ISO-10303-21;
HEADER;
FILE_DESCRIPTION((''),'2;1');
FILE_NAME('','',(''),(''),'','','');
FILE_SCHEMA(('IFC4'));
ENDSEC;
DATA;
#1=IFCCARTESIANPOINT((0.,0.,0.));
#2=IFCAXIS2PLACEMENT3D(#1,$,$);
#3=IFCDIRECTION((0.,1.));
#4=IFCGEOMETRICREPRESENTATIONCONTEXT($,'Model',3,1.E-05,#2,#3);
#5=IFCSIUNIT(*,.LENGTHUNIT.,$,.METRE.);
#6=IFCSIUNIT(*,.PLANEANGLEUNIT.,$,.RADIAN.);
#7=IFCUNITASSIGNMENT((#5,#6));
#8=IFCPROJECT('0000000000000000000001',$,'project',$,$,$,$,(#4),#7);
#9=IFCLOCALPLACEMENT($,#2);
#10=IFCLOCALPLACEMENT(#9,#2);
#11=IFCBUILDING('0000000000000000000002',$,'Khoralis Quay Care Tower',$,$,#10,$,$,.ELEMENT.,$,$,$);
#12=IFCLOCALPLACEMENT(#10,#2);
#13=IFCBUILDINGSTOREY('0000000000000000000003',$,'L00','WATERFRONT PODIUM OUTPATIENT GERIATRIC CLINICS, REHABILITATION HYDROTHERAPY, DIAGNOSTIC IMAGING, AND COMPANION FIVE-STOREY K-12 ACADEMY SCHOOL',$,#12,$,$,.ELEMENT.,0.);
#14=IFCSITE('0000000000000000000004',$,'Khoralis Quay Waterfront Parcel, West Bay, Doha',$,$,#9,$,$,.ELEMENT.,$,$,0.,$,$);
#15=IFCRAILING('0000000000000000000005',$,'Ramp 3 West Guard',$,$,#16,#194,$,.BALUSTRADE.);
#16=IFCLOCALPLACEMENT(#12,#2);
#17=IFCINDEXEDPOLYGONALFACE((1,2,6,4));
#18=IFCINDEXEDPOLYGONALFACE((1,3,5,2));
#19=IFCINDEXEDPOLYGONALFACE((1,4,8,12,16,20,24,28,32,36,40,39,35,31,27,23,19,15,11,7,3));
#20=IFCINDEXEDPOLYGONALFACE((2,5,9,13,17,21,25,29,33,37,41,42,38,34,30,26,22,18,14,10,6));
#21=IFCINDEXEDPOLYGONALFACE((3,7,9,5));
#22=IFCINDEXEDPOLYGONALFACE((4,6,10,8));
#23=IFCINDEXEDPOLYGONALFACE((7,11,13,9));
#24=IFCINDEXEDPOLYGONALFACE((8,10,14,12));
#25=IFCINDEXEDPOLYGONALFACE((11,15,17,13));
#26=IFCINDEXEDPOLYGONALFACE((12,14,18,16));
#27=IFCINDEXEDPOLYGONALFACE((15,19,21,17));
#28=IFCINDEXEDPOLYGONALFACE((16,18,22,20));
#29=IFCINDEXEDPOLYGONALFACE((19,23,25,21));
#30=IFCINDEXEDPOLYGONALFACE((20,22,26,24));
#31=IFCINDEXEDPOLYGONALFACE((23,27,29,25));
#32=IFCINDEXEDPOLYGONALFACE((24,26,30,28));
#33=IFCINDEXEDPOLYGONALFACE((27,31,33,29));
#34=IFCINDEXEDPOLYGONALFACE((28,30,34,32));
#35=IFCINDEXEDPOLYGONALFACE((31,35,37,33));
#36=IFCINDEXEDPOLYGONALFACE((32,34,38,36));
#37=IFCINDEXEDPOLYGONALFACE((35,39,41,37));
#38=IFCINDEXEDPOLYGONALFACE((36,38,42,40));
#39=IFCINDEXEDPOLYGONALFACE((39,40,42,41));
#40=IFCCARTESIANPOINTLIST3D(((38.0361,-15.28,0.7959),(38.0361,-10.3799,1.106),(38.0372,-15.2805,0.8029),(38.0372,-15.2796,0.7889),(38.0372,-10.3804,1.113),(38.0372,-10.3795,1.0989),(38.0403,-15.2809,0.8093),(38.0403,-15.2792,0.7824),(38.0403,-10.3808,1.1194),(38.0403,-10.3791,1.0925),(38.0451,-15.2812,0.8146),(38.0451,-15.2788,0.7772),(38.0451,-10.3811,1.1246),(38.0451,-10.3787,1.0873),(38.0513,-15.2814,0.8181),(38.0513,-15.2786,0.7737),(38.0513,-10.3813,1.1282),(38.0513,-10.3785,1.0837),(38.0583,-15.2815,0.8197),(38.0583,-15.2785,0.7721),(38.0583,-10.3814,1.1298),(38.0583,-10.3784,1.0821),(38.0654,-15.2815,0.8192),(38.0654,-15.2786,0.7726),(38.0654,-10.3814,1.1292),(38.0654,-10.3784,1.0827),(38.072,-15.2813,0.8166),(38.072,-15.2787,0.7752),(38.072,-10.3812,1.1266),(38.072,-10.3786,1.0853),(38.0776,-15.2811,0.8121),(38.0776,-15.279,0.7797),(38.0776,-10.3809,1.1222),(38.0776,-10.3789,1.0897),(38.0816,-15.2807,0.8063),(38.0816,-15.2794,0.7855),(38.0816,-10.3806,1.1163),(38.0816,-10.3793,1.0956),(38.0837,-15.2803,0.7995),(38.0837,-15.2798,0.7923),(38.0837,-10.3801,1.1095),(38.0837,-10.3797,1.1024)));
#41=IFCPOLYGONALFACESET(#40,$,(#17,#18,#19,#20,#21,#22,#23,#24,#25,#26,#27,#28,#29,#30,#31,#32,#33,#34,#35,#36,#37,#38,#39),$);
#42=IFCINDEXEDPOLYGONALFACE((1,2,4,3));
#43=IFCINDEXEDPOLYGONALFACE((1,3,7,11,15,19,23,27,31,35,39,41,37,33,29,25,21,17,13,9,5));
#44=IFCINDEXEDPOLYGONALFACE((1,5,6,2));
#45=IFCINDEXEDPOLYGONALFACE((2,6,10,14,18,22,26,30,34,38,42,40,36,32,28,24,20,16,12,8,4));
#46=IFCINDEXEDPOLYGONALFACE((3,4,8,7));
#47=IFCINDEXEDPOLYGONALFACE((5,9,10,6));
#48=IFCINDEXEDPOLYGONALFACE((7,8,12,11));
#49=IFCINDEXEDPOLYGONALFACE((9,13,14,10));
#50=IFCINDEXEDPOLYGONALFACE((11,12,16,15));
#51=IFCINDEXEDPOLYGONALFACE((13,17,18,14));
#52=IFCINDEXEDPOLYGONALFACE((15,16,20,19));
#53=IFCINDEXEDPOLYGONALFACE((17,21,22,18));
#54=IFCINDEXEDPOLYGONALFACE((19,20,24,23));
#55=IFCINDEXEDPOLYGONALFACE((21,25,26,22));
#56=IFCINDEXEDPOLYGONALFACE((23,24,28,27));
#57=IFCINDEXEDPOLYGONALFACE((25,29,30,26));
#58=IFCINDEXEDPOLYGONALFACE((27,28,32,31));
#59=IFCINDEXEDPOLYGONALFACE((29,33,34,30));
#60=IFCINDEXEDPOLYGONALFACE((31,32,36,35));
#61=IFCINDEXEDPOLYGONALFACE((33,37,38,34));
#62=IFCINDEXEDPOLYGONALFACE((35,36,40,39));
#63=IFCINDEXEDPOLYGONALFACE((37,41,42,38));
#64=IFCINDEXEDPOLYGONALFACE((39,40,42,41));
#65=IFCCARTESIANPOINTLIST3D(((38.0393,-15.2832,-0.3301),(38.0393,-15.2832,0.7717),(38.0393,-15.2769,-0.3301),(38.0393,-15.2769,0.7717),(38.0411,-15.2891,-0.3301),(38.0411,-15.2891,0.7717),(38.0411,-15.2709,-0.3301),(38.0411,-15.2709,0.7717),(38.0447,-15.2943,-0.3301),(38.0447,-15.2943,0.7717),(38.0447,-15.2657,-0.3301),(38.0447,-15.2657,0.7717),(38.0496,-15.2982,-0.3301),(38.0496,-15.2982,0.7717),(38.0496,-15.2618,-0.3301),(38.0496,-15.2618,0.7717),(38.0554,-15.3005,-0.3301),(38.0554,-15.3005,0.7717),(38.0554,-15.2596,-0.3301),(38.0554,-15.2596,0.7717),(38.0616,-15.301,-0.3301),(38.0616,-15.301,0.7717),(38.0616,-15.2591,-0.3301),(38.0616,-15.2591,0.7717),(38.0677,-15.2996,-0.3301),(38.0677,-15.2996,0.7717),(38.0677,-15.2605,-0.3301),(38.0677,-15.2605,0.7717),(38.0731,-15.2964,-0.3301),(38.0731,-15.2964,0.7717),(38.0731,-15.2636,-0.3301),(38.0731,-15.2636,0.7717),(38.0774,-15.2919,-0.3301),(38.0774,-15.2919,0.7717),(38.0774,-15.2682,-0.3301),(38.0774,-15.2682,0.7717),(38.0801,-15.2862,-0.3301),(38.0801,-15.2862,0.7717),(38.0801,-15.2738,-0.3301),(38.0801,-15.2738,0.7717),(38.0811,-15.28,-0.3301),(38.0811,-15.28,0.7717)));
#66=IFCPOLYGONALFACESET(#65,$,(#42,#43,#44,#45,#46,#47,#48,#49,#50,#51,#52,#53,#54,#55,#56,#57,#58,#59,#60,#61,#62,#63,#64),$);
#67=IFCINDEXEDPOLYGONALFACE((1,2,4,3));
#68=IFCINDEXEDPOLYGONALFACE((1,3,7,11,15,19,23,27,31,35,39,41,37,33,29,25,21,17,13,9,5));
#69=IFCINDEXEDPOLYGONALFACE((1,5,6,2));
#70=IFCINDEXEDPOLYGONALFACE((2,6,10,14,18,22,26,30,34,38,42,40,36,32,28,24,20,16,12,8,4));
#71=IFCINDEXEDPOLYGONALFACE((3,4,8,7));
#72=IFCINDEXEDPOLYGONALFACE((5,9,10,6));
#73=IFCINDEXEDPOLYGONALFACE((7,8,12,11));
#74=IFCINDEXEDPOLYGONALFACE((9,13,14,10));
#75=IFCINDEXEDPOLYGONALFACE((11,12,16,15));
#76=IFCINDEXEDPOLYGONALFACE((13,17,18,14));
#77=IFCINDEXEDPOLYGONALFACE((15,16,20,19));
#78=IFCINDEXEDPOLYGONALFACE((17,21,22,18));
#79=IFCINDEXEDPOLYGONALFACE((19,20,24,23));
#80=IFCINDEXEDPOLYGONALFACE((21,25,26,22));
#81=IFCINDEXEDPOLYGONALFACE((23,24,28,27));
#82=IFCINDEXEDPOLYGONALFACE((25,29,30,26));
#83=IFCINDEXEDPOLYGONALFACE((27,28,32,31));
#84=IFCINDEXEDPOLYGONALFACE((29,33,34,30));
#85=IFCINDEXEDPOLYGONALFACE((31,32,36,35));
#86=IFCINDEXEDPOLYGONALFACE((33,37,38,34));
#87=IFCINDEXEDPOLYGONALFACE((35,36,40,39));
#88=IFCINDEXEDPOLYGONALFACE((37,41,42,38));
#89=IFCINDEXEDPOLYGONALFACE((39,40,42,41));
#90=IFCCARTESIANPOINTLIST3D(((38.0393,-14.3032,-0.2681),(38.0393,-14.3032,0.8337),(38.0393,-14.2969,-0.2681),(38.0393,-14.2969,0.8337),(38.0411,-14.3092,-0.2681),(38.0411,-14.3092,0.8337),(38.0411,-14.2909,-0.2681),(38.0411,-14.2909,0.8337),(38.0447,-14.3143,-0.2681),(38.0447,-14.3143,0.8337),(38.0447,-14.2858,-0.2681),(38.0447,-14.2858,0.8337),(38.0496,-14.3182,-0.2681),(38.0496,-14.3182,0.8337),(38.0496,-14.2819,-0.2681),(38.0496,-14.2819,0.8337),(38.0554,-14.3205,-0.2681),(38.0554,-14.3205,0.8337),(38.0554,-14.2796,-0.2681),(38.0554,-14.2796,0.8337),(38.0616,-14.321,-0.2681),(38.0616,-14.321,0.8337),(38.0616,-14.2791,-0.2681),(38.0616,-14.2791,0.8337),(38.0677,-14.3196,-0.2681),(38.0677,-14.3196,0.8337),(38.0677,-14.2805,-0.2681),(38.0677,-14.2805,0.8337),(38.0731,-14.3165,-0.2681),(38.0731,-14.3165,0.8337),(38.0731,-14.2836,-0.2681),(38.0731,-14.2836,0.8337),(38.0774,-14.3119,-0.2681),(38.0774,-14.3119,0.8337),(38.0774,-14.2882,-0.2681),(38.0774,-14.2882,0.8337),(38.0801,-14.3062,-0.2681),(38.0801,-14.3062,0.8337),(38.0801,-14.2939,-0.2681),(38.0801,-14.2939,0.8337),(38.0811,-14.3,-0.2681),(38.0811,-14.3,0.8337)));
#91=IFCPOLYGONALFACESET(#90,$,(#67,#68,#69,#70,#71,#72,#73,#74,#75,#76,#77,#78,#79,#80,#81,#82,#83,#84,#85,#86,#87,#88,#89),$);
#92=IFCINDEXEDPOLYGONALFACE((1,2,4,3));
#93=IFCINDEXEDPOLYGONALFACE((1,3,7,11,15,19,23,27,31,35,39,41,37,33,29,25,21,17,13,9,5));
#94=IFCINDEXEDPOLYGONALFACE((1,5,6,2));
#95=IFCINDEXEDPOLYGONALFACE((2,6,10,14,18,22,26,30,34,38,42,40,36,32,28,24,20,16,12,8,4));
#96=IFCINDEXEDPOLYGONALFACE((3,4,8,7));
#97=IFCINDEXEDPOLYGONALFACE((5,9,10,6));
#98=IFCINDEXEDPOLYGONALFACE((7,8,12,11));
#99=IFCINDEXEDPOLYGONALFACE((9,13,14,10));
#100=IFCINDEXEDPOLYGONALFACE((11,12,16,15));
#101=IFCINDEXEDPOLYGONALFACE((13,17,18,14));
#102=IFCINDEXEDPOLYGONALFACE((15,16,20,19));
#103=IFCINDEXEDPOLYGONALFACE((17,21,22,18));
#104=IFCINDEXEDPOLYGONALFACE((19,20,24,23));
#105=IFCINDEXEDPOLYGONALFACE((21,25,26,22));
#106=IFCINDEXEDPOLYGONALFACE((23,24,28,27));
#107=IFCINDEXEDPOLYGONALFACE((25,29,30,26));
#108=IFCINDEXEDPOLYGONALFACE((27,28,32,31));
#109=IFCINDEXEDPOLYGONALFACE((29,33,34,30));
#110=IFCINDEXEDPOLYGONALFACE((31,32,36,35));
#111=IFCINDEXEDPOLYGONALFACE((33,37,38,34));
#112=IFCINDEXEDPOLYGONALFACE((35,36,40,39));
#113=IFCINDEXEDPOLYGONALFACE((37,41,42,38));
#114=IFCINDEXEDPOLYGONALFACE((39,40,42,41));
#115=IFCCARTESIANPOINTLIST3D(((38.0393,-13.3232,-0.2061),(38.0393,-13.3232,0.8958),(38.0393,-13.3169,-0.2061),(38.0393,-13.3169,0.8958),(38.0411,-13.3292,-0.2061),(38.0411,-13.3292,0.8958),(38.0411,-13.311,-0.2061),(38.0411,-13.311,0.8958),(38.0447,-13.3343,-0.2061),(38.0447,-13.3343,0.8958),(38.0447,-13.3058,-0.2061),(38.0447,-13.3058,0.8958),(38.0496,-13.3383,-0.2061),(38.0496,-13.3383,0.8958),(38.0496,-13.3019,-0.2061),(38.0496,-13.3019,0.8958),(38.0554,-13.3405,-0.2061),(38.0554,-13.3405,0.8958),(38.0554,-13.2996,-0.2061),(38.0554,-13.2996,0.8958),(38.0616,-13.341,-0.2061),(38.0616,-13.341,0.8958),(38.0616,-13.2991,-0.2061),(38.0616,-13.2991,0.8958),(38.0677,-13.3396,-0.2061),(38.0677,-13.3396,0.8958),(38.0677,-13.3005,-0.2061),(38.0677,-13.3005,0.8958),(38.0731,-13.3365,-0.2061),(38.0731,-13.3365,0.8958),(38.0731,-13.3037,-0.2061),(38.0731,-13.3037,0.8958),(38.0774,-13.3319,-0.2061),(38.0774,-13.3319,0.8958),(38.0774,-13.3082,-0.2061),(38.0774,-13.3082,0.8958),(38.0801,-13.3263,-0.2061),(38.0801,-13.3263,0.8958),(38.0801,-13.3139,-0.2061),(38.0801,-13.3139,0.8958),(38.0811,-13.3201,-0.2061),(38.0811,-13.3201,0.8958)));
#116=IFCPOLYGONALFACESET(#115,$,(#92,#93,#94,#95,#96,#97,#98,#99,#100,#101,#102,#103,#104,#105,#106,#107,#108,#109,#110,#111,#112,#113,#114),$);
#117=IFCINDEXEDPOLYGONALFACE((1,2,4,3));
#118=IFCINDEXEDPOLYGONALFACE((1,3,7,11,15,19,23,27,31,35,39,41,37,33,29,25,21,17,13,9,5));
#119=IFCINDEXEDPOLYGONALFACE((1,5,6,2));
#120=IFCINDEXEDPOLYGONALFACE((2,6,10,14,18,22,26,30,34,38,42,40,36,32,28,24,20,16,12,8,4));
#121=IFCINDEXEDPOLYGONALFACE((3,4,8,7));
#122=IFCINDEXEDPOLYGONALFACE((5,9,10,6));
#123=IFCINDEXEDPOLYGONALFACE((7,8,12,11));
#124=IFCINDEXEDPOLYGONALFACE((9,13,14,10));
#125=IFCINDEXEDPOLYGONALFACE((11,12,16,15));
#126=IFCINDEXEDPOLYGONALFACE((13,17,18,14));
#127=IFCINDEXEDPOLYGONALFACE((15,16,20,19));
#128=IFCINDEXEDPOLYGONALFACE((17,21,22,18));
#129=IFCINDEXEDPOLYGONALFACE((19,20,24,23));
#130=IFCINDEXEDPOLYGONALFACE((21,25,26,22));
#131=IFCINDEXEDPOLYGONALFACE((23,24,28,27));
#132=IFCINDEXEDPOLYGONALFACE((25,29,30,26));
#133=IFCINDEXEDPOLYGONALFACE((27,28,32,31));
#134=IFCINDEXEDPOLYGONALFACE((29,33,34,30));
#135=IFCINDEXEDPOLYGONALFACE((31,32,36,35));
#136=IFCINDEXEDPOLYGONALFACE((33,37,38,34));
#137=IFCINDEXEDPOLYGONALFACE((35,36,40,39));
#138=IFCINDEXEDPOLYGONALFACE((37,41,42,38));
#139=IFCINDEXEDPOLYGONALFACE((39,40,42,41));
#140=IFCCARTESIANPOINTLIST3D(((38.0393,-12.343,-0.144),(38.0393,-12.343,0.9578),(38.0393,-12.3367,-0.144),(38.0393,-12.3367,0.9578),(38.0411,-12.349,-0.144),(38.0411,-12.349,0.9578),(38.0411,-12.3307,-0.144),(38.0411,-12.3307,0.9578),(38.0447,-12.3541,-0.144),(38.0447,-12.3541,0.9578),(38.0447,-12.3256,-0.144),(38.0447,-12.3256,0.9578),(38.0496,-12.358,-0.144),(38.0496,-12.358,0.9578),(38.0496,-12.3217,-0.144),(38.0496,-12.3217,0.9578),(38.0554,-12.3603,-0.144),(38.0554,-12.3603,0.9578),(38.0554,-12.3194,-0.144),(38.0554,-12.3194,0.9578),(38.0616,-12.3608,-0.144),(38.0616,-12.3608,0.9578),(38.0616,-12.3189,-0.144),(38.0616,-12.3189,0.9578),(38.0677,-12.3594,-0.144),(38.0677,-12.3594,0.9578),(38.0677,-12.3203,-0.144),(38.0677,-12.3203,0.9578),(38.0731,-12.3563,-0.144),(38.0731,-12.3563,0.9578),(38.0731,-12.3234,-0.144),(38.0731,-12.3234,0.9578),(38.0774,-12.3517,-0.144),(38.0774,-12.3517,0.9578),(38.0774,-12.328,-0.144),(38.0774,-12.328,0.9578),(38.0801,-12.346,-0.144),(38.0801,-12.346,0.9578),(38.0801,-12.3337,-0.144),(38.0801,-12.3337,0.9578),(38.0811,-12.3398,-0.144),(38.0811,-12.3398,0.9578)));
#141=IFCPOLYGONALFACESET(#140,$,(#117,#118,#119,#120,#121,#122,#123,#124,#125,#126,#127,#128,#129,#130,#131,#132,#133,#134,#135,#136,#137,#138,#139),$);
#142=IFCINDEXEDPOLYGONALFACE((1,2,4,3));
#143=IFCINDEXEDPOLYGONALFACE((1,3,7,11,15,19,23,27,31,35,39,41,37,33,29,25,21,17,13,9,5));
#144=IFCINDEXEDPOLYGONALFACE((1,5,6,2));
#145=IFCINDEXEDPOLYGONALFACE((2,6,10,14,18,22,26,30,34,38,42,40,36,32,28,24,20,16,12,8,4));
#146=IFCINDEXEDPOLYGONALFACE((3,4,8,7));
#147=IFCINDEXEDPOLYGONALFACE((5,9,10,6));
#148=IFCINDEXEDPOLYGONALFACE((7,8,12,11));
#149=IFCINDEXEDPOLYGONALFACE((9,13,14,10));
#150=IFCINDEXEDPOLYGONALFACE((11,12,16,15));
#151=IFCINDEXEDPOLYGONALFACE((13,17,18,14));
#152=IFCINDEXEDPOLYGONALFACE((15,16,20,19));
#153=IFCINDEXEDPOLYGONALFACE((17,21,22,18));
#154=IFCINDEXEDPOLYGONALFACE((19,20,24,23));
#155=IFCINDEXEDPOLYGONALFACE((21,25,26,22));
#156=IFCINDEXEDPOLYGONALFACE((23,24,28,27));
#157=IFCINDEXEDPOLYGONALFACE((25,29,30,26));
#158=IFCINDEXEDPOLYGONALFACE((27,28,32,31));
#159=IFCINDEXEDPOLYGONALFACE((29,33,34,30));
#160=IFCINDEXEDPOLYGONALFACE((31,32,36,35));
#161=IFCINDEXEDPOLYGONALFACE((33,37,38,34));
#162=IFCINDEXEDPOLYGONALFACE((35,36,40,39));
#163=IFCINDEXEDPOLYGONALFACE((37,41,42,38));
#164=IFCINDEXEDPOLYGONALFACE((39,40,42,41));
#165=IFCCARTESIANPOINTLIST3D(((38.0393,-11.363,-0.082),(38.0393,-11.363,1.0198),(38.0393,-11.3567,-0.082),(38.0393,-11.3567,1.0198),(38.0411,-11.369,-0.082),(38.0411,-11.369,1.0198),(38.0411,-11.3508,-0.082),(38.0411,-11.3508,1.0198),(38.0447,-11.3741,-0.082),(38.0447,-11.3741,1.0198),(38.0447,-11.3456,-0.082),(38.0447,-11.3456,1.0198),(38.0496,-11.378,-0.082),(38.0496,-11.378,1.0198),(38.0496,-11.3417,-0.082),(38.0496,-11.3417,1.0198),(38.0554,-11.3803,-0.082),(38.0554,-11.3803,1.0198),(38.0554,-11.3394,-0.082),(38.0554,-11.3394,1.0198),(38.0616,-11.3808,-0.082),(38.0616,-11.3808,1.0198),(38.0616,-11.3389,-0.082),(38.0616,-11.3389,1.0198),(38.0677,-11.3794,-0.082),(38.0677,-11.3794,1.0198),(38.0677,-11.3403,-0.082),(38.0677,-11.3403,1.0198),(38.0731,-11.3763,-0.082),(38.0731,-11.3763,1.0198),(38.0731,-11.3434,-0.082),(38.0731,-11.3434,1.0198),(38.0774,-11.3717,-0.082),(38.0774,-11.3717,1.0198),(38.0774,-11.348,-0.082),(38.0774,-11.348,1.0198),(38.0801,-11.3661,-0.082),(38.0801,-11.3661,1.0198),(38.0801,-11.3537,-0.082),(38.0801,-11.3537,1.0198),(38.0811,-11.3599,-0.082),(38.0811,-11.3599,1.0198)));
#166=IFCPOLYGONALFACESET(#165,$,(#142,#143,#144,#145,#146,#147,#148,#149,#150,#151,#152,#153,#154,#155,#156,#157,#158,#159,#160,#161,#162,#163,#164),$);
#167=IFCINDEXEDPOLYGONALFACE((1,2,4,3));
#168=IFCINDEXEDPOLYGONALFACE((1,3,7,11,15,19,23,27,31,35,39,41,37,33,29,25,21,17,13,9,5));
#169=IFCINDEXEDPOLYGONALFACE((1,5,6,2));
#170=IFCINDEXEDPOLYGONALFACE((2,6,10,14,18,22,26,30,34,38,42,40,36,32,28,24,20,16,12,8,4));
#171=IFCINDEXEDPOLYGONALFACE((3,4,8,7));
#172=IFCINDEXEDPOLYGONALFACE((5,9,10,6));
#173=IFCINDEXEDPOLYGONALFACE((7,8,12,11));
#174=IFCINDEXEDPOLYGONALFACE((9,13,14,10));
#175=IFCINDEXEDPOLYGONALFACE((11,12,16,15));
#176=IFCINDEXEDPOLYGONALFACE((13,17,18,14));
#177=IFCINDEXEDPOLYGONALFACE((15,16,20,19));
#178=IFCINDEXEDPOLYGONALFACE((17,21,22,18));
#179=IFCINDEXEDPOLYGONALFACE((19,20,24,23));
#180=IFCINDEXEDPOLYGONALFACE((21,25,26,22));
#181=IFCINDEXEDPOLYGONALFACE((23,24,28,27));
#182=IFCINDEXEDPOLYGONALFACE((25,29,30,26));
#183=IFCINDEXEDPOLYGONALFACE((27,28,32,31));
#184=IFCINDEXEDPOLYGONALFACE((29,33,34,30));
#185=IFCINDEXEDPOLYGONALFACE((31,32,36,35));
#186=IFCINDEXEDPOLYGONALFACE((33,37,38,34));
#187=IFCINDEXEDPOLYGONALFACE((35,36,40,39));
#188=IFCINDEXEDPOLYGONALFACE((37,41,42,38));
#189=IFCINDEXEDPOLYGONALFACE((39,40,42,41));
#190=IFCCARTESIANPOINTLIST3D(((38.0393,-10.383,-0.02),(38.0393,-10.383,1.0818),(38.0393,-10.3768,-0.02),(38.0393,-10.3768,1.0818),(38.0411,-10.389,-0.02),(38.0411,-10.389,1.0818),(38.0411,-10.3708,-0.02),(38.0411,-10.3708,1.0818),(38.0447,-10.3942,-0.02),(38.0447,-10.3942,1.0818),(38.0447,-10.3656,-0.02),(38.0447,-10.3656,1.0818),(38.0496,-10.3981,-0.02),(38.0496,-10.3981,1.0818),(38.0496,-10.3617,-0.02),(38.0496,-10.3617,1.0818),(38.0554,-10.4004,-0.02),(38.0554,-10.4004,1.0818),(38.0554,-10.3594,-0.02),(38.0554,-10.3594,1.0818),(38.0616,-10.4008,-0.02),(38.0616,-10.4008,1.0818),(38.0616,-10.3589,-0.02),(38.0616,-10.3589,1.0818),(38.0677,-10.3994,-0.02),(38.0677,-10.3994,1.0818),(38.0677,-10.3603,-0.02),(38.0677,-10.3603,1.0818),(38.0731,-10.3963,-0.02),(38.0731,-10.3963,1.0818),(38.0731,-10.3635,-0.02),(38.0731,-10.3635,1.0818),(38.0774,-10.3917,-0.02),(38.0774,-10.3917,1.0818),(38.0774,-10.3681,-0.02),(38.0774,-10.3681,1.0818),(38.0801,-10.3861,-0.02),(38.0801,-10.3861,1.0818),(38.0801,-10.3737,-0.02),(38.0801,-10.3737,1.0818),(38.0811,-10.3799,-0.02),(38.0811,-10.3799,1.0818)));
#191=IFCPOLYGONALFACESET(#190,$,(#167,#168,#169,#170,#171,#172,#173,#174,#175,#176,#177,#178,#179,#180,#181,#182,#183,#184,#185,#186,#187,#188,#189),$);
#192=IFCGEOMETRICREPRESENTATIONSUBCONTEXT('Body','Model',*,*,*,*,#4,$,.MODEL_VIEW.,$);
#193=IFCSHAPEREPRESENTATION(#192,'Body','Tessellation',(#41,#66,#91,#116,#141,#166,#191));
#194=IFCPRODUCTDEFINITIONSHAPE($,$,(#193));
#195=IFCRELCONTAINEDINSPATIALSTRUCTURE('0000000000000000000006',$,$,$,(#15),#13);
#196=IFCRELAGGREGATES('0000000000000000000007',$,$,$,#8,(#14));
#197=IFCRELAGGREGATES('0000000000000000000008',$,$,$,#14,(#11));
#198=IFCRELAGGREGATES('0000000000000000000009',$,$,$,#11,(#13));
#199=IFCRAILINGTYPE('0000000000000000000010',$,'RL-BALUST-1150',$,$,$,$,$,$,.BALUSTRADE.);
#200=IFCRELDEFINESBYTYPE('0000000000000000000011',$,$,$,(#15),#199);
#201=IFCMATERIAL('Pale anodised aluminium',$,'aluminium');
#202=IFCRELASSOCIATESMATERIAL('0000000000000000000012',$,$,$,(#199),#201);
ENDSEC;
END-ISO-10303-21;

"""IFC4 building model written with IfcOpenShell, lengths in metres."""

from ifc_helpers import new_model, si_unit, direction, frame, origin, origin_2d, place, context, subcontext, project, spatial, circle, extrude, material, type_object, element, save


model = new_model("IFC4")

# Units and contexts
model_context = context("Model", 3, precision=1e-05, world=origin(), true_north=direction((0.0, 1.0)))
body_context = subcontext(model_context, "Body", "Model", "MODEL_VIEW")
ifc_project = project(units=[si_unit("LENGTHUNIT", "METRE"), si_unit("PLANEANGLEUNIT", "RADIAN")], contexts=[model_context])

# Site, building, storey
site_placement = place(None, origin())
site = spatial("IfcSite", under=ifc_project, at=site_placement, Name="Khoralis Quay Waterfront Parcel, West Bay, Doha", CompositionType="ELEMENT", RefElevation=0.0)
building_placement = place(site_placement, origin())
building = spatial("IfcBuilding", under=site, at=building_placement, Name="Khoralis Quay Care Tower", CompositionType="ELEMENT")
storey_placement = place(building_placement, origin())
storey = spatial("IfcBuildingStorey", under=building, at=storey_placement, Name="L00", Description="WATERFRONT PODIUM OUTPATIENT GERIATRIC CLINICS, REHABILITATION HYDROTHERAPY, DIAGNOSTIC IMAGING, AND COMPANION FIVE-STOREY K-12 ACADEMY SCHOOL", CompositionType="ELEMENT", Elevation=0.0)

# Shared definitions
ifc_material_1 = material(Name="Pale anodised aluminium", Category="aluminium")

# Railing
railing_type = type_object("IfcRailingType", Name="RL-BALUST-1150", PredefinedType="BALUSTRADE", material=ifc_material_1)
for number, where, name in (
    (1, (38.0601, -15.28, -0.3301), "Ramp 3 West Guard"),
):
    element("IfcRailing", number, at=place(storey_placement, frame(where)), inside=storey, type_object=railing_type, Name=name, PredefinedType="BALUSTRADE", context=body_context, shape_type="SweptSolid", body=[
        extrude(circle(Radius=0.0239, at=origin_2d()), frame((0.0, 0.0, 1.126), z_axis=(0.0, 0.998004, 0.063149), x_axis=(-1.0, 0.0, 0.0)), (0.0, 0.0, 1.0), 4.9099),
        extrude(circle(Radius=0.021, at=origin_2d()), origin(), (0.0, 0.0, 1.0), 1.1018),
        extrude(circle(Radius=0.021, at=origin_2d()), frame((0.0, 0.98, 0.062)), (0.0, 0.0, 1.0), 1.1018),
        extrude(circle(Radius=0.021, at=origin_2d()), frame((0.0, 1.96, 0.124)), (0.0, 0.0, 1.0), 1.1018),
        extrude(circle(Radius=0.021, at=origin_2d()), frame((0.0, 2.9402, 0.186)), (0.0, 0.0, 1.0), 1.1018),
        extrude(circle(Radius=0.021, at=origin_2d()), frame((0.0, 3.9202, 0.248)), (0.0, 0.0, 1.0), 1.1018),
        extrude(circle(Radius=0.021, at=origin_2d()), frame((0.0, 4.9001, 0.3101)), (0.0, 0.0, 1.0), 1.1018),
    ])

save(model, "model.ifc")
